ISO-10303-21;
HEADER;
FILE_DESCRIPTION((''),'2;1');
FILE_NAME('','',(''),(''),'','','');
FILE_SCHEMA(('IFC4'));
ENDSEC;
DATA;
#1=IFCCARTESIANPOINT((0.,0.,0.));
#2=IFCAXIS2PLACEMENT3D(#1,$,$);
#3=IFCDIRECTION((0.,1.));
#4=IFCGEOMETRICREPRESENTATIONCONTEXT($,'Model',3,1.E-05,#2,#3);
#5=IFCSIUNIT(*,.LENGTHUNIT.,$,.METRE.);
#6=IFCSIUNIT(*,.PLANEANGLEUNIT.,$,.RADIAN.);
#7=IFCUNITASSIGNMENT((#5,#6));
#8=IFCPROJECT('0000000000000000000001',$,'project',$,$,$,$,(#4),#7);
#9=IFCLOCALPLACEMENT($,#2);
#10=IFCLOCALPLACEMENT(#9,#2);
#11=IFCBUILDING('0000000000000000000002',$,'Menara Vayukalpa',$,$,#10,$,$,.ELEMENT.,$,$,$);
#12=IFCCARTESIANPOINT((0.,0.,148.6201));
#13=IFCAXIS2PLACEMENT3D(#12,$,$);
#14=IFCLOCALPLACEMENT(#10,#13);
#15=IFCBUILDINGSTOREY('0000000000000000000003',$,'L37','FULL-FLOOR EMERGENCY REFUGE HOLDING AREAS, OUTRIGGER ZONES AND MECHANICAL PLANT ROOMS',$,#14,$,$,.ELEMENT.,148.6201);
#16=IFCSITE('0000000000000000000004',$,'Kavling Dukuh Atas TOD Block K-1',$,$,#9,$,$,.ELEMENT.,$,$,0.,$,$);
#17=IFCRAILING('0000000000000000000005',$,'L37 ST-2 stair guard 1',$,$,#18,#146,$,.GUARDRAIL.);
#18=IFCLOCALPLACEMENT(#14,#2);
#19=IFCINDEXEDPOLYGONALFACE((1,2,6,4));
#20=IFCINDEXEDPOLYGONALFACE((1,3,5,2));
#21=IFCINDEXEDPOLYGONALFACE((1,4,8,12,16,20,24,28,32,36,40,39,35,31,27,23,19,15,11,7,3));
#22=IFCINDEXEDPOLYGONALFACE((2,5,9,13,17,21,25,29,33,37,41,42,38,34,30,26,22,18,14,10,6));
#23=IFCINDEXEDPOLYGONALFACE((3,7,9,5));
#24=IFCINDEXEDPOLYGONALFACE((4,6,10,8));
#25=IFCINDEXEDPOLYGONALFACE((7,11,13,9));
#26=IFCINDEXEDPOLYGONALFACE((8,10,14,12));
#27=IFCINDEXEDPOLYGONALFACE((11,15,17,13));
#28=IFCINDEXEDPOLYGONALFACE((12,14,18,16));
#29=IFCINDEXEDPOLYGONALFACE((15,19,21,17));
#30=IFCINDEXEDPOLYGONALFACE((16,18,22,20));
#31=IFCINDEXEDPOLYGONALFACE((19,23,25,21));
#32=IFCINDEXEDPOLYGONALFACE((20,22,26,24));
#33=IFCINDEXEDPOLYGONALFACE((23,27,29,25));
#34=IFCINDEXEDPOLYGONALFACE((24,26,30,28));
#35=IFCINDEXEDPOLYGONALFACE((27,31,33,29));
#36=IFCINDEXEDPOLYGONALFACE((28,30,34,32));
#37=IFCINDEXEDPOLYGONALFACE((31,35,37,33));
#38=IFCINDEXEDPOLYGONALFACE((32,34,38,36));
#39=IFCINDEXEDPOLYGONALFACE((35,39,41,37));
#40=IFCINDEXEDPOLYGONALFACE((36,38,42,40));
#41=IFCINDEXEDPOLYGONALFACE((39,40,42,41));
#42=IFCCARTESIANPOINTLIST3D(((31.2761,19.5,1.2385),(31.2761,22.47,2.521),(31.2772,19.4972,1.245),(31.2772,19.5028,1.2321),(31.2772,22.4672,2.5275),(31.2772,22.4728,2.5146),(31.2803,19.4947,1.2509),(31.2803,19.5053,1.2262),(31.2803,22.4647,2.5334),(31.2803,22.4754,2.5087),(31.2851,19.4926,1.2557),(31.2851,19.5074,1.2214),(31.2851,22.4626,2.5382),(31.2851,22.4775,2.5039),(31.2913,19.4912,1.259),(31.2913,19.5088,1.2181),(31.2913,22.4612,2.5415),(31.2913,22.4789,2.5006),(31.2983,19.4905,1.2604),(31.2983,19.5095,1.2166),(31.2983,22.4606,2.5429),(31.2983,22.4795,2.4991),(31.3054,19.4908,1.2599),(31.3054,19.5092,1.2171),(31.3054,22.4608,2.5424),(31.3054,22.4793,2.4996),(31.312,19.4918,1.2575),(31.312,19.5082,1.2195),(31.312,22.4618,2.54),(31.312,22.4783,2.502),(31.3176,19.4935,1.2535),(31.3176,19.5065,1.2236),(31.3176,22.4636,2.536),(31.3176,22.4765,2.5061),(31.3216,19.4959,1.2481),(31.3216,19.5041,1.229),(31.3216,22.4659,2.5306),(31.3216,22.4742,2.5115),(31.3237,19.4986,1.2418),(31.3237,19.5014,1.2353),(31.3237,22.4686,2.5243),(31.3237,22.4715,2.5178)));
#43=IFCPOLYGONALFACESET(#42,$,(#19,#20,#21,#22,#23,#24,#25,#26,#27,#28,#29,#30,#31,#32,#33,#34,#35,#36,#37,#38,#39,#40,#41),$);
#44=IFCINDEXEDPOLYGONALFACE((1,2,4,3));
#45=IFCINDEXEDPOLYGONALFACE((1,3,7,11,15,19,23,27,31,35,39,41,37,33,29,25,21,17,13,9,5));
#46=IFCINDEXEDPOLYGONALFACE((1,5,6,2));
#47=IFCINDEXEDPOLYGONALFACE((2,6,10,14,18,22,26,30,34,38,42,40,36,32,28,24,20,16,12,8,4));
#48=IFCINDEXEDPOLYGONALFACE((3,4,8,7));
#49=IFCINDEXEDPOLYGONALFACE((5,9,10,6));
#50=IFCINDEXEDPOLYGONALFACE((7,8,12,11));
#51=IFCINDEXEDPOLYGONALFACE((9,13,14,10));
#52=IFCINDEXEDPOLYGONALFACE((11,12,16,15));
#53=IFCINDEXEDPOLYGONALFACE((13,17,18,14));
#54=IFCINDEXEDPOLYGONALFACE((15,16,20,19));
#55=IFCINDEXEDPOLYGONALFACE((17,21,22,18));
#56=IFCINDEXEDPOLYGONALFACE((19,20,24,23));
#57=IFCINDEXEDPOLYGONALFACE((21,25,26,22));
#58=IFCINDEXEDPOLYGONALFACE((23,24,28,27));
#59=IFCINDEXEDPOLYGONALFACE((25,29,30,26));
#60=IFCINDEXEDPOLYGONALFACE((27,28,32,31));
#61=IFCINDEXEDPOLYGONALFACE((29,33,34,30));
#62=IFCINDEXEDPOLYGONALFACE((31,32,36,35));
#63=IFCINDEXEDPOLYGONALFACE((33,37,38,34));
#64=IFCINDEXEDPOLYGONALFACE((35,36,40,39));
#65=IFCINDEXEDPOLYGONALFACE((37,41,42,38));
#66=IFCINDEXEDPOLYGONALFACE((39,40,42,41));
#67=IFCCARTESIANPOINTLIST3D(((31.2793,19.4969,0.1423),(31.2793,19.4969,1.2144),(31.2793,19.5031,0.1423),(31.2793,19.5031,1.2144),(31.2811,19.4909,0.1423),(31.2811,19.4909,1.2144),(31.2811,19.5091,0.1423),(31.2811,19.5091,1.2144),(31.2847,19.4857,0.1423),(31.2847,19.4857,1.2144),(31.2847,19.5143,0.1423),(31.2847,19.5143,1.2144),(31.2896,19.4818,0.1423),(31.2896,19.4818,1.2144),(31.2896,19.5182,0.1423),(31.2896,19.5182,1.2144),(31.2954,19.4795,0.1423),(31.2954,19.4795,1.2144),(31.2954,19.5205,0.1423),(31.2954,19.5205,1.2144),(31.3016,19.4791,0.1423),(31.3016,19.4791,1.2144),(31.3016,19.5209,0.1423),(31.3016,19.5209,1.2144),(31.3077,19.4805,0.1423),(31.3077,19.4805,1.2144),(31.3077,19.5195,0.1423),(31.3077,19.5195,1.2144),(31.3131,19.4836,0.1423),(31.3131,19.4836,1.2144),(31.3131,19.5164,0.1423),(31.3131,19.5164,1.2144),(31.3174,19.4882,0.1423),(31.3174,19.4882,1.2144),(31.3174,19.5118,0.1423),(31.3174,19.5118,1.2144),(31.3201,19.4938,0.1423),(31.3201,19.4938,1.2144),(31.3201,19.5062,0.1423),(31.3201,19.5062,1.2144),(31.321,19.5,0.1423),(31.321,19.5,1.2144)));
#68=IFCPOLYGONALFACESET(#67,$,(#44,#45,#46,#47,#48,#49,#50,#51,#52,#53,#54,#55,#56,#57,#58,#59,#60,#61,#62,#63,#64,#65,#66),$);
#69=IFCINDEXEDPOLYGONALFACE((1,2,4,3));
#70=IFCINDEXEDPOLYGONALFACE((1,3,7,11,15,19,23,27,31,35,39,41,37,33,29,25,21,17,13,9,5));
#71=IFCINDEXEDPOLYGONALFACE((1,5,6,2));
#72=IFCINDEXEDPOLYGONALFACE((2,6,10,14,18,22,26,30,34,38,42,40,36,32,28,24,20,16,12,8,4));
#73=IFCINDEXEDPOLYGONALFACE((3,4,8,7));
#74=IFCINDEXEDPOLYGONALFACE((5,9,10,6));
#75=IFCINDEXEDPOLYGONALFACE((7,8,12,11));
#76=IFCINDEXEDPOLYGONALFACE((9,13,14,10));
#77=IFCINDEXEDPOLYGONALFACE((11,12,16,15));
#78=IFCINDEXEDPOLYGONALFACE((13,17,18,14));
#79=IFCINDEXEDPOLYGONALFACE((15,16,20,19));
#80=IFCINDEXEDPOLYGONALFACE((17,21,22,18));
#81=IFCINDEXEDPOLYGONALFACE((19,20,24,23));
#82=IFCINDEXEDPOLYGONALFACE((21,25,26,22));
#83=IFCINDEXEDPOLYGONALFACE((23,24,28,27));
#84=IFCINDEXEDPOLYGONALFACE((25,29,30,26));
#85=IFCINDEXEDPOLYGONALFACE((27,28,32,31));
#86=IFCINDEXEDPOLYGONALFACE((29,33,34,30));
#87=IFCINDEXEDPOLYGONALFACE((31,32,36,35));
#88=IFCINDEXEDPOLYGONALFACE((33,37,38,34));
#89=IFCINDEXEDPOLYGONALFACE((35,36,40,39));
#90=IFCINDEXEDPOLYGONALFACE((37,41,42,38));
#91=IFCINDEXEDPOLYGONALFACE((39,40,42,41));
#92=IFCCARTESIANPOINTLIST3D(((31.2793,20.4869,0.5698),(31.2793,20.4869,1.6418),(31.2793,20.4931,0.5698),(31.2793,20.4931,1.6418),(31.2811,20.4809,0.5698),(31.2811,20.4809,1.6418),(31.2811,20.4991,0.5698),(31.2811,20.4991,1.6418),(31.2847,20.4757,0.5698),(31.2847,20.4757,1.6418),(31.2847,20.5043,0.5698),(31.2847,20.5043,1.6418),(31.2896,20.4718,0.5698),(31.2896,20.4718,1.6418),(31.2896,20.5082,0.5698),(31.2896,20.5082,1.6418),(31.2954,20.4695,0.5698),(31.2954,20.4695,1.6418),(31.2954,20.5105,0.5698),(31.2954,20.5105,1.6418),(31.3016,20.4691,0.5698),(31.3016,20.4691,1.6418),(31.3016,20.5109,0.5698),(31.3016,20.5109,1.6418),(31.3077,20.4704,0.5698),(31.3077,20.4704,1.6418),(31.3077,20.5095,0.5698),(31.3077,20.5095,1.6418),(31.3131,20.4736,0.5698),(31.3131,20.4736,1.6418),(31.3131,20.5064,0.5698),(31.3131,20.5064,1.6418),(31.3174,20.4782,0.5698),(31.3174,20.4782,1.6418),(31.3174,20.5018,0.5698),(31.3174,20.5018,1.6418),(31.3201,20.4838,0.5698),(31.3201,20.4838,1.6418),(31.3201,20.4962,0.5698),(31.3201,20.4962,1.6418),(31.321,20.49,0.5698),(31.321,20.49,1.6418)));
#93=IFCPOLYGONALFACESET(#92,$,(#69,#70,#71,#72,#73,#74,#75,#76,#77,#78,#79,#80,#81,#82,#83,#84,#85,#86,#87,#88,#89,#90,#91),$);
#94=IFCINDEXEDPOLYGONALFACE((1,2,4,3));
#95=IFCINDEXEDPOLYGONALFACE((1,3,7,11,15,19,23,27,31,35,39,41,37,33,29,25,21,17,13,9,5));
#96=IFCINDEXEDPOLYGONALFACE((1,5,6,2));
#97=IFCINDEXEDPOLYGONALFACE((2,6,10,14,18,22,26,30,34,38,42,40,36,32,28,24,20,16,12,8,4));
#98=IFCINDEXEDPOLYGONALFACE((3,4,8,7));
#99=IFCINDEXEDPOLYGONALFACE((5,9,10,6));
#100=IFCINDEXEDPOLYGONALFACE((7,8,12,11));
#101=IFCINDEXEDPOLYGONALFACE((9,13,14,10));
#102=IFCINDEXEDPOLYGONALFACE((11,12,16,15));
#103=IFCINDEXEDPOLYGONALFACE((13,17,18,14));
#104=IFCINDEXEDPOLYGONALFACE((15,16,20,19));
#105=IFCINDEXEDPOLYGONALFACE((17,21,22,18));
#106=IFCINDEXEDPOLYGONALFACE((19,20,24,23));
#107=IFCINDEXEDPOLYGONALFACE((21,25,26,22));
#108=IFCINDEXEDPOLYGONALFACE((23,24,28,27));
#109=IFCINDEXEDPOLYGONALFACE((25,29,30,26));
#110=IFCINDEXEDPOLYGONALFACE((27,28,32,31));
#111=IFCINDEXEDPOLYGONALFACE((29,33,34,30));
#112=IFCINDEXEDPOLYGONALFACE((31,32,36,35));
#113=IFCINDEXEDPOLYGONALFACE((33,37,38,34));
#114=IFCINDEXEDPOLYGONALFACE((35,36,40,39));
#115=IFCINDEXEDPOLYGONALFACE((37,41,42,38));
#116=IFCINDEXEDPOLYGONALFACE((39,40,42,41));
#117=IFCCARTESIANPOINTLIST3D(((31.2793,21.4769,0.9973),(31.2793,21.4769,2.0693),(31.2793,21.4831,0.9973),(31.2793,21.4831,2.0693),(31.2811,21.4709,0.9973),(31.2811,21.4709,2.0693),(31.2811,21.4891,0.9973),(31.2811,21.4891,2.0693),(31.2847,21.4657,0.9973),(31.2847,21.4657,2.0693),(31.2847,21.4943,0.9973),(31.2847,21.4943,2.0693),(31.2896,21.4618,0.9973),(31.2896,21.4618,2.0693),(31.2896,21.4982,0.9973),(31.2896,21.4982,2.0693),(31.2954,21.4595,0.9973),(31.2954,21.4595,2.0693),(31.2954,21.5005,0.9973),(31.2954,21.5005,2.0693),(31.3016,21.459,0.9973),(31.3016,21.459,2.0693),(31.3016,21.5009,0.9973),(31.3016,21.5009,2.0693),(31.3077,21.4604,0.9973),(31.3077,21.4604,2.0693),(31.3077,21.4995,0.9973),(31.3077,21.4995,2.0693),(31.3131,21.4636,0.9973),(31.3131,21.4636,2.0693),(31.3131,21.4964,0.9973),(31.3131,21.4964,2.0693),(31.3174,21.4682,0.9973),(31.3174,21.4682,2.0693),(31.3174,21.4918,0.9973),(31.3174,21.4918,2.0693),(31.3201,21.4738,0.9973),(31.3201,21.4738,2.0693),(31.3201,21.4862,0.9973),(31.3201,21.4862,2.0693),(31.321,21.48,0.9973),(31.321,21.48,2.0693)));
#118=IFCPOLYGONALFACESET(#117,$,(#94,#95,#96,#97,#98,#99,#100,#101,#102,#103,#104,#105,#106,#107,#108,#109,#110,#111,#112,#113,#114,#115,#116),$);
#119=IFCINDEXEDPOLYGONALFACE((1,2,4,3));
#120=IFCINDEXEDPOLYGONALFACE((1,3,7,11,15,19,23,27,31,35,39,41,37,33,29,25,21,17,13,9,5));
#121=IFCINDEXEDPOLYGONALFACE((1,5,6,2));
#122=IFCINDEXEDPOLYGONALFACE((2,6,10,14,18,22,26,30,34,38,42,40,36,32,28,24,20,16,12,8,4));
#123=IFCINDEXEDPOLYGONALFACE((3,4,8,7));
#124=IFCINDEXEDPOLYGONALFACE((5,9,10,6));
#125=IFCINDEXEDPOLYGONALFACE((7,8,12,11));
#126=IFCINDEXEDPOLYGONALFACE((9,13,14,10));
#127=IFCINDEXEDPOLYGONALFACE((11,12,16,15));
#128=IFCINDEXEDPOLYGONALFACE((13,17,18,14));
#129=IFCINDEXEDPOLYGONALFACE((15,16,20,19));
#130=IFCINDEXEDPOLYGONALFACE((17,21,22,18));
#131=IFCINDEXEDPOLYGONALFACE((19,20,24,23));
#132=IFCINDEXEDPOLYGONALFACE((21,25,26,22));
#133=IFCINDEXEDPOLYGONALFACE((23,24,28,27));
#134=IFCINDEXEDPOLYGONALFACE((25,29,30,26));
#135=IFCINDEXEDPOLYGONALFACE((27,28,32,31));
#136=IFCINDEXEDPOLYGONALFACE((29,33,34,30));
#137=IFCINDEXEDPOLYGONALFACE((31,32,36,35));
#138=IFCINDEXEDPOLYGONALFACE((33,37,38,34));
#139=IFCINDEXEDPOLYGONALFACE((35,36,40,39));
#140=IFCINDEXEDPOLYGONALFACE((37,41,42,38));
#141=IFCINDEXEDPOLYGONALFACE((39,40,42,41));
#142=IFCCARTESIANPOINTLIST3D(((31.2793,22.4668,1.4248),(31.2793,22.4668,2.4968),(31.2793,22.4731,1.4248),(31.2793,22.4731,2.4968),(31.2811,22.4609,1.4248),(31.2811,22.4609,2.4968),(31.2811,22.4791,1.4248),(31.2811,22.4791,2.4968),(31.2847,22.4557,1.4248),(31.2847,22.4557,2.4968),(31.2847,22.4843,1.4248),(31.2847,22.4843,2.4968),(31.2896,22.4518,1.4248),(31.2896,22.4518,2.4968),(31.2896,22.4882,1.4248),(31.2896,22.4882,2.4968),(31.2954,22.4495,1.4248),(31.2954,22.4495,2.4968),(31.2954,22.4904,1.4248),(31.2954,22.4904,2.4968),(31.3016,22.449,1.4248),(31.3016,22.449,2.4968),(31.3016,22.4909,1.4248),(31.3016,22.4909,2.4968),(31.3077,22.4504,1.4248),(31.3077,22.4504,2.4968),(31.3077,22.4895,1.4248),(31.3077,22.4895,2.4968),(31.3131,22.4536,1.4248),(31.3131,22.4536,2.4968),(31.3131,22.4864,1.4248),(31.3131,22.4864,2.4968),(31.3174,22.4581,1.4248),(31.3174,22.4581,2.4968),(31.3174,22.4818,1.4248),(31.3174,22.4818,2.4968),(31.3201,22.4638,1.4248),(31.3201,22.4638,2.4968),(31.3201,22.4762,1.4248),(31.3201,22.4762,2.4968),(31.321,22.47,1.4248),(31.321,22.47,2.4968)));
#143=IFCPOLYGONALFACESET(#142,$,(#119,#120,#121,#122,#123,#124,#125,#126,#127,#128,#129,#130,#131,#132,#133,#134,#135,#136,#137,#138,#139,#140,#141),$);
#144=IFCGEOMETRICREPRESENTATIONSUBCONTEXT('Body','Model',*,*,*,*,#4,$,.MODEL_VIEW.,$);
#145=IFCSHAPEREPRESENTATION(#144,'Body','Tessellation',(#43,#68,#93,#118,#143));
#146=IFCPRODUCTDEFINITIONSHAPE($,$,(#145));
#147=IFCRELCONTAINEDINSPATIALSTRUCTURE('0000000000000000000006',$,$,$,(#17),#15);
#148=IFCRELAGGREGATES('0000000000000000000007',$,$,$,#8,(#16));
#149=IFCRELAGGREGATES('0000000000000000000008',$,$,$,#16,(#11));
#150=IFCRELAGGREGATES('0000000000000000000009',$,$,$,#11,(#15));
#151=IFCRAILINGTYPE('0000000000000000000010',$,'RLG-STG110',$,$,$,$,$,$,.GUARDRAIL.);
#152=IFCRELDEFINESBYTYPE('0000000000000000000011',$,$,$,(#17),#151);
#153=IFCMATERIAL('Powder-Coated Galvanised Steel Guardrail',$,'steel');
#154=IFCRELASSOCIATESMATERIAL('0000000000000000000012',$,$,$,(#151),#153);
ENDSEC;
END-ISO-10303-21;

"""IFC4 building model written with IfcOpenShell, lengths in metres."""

from ifc_helpers import new_model, si_unit, direction, frame, origin, origin_2d, place, context, subcontext, project, spatial, circle, extrude, material, type_object, element, save


model = new_model("IFC4")

# Units and contexts
model_context = context("Model", 3, precision=1e-05, world=origin(), true_north=direction((0.0, 1.0)))
body_context = subcontext(model_context, "Body", "Model", "MODEL_VIEW")
ifc_project = project(units=[si_unit("LENGTHUNIT", "METRE"), si_unit("PLANEANGLEUNIT", "RADIAN")], contexts=[model_context])

# Site, building, storey
site_placement = place(None, origin())
site = spatial("IfcSite", under=ifc_project, at=site_placement, Name="Kavling Dukuh Atas TOD Block K-1", CompositionType="ELEMENT", RefElevation=0.0)
building_placement = place(site_placement, origin())
building = spatial("IfcBuilding", under=site, at=building_placement, Name="Menara Vayukalpa", CompositionType="ELEMENT")
storey_placement = place(building_placement, frame((0.0, 0.0, 148.6201)))
storey = spatial("IfcBuildingStorey", under=building, at=storey_placement, Name="L37", Description="FULL-FLOOR EMERGENCY REFUGE HOLDING AREAS, OUTRIGGER ZONES AND MECHANICAL PLANT ROOMS", CompositionType="ELEMENT", Elevation=148.6201)

# Railing
ifc_material_1 = material(Name="Powder-Coated Galvanised Steel Guardrail", Category="steel")
railing_type_1 = type_object("IfcRailingType", Name="RLG-STG110", PredefinedType="GUARDRAIL", material=ifc_material_1)
railing_1_placement = place(storey_placement, frame((31.3, 19.5, 0.1423)))
element("IfcRailing", 1, at=railing_1_placement, inside=storey, type_object=railing_type_1, Name="L37 ST-2 stair guard 1", PredefinedType="GUARDRAIL", context=body_context, shape_type="SweptSolid", body=[
    extrude(circle(Radius=0.0239, at=origin_2d()), frame((0.0, 0.0, 1.0962), z_axis=(0.0, 0.918064, 0.396432), x_axis=(-1.0, 0.0, 0.0)), (0.0, 0.0, 1.0), 3.2351),
    extrude(circle(Radius=0.021, at=origin_2d()), origin(), (0.0, 0.0, 1.0), 1.072),
    extrude(circle(Radius=0.021, at=origin_2d()), frame((0.0, 0.99, 0.4275)), (0.0, 0.0, 1.0), 1.072),
    extrude(circle(Radius=0.021, at=origin_2d()), frame((0.0, 1.98, 0.855)), (0.0, 0.0, 1.0), 1.072),
    extrude(circle(Radius=0.021, at=origin_2d()), frame((0.0, 2.97, 1.2825)), (0.0, 0.0, 1.0), 1.072),
])

save(model, "model.ifc")
